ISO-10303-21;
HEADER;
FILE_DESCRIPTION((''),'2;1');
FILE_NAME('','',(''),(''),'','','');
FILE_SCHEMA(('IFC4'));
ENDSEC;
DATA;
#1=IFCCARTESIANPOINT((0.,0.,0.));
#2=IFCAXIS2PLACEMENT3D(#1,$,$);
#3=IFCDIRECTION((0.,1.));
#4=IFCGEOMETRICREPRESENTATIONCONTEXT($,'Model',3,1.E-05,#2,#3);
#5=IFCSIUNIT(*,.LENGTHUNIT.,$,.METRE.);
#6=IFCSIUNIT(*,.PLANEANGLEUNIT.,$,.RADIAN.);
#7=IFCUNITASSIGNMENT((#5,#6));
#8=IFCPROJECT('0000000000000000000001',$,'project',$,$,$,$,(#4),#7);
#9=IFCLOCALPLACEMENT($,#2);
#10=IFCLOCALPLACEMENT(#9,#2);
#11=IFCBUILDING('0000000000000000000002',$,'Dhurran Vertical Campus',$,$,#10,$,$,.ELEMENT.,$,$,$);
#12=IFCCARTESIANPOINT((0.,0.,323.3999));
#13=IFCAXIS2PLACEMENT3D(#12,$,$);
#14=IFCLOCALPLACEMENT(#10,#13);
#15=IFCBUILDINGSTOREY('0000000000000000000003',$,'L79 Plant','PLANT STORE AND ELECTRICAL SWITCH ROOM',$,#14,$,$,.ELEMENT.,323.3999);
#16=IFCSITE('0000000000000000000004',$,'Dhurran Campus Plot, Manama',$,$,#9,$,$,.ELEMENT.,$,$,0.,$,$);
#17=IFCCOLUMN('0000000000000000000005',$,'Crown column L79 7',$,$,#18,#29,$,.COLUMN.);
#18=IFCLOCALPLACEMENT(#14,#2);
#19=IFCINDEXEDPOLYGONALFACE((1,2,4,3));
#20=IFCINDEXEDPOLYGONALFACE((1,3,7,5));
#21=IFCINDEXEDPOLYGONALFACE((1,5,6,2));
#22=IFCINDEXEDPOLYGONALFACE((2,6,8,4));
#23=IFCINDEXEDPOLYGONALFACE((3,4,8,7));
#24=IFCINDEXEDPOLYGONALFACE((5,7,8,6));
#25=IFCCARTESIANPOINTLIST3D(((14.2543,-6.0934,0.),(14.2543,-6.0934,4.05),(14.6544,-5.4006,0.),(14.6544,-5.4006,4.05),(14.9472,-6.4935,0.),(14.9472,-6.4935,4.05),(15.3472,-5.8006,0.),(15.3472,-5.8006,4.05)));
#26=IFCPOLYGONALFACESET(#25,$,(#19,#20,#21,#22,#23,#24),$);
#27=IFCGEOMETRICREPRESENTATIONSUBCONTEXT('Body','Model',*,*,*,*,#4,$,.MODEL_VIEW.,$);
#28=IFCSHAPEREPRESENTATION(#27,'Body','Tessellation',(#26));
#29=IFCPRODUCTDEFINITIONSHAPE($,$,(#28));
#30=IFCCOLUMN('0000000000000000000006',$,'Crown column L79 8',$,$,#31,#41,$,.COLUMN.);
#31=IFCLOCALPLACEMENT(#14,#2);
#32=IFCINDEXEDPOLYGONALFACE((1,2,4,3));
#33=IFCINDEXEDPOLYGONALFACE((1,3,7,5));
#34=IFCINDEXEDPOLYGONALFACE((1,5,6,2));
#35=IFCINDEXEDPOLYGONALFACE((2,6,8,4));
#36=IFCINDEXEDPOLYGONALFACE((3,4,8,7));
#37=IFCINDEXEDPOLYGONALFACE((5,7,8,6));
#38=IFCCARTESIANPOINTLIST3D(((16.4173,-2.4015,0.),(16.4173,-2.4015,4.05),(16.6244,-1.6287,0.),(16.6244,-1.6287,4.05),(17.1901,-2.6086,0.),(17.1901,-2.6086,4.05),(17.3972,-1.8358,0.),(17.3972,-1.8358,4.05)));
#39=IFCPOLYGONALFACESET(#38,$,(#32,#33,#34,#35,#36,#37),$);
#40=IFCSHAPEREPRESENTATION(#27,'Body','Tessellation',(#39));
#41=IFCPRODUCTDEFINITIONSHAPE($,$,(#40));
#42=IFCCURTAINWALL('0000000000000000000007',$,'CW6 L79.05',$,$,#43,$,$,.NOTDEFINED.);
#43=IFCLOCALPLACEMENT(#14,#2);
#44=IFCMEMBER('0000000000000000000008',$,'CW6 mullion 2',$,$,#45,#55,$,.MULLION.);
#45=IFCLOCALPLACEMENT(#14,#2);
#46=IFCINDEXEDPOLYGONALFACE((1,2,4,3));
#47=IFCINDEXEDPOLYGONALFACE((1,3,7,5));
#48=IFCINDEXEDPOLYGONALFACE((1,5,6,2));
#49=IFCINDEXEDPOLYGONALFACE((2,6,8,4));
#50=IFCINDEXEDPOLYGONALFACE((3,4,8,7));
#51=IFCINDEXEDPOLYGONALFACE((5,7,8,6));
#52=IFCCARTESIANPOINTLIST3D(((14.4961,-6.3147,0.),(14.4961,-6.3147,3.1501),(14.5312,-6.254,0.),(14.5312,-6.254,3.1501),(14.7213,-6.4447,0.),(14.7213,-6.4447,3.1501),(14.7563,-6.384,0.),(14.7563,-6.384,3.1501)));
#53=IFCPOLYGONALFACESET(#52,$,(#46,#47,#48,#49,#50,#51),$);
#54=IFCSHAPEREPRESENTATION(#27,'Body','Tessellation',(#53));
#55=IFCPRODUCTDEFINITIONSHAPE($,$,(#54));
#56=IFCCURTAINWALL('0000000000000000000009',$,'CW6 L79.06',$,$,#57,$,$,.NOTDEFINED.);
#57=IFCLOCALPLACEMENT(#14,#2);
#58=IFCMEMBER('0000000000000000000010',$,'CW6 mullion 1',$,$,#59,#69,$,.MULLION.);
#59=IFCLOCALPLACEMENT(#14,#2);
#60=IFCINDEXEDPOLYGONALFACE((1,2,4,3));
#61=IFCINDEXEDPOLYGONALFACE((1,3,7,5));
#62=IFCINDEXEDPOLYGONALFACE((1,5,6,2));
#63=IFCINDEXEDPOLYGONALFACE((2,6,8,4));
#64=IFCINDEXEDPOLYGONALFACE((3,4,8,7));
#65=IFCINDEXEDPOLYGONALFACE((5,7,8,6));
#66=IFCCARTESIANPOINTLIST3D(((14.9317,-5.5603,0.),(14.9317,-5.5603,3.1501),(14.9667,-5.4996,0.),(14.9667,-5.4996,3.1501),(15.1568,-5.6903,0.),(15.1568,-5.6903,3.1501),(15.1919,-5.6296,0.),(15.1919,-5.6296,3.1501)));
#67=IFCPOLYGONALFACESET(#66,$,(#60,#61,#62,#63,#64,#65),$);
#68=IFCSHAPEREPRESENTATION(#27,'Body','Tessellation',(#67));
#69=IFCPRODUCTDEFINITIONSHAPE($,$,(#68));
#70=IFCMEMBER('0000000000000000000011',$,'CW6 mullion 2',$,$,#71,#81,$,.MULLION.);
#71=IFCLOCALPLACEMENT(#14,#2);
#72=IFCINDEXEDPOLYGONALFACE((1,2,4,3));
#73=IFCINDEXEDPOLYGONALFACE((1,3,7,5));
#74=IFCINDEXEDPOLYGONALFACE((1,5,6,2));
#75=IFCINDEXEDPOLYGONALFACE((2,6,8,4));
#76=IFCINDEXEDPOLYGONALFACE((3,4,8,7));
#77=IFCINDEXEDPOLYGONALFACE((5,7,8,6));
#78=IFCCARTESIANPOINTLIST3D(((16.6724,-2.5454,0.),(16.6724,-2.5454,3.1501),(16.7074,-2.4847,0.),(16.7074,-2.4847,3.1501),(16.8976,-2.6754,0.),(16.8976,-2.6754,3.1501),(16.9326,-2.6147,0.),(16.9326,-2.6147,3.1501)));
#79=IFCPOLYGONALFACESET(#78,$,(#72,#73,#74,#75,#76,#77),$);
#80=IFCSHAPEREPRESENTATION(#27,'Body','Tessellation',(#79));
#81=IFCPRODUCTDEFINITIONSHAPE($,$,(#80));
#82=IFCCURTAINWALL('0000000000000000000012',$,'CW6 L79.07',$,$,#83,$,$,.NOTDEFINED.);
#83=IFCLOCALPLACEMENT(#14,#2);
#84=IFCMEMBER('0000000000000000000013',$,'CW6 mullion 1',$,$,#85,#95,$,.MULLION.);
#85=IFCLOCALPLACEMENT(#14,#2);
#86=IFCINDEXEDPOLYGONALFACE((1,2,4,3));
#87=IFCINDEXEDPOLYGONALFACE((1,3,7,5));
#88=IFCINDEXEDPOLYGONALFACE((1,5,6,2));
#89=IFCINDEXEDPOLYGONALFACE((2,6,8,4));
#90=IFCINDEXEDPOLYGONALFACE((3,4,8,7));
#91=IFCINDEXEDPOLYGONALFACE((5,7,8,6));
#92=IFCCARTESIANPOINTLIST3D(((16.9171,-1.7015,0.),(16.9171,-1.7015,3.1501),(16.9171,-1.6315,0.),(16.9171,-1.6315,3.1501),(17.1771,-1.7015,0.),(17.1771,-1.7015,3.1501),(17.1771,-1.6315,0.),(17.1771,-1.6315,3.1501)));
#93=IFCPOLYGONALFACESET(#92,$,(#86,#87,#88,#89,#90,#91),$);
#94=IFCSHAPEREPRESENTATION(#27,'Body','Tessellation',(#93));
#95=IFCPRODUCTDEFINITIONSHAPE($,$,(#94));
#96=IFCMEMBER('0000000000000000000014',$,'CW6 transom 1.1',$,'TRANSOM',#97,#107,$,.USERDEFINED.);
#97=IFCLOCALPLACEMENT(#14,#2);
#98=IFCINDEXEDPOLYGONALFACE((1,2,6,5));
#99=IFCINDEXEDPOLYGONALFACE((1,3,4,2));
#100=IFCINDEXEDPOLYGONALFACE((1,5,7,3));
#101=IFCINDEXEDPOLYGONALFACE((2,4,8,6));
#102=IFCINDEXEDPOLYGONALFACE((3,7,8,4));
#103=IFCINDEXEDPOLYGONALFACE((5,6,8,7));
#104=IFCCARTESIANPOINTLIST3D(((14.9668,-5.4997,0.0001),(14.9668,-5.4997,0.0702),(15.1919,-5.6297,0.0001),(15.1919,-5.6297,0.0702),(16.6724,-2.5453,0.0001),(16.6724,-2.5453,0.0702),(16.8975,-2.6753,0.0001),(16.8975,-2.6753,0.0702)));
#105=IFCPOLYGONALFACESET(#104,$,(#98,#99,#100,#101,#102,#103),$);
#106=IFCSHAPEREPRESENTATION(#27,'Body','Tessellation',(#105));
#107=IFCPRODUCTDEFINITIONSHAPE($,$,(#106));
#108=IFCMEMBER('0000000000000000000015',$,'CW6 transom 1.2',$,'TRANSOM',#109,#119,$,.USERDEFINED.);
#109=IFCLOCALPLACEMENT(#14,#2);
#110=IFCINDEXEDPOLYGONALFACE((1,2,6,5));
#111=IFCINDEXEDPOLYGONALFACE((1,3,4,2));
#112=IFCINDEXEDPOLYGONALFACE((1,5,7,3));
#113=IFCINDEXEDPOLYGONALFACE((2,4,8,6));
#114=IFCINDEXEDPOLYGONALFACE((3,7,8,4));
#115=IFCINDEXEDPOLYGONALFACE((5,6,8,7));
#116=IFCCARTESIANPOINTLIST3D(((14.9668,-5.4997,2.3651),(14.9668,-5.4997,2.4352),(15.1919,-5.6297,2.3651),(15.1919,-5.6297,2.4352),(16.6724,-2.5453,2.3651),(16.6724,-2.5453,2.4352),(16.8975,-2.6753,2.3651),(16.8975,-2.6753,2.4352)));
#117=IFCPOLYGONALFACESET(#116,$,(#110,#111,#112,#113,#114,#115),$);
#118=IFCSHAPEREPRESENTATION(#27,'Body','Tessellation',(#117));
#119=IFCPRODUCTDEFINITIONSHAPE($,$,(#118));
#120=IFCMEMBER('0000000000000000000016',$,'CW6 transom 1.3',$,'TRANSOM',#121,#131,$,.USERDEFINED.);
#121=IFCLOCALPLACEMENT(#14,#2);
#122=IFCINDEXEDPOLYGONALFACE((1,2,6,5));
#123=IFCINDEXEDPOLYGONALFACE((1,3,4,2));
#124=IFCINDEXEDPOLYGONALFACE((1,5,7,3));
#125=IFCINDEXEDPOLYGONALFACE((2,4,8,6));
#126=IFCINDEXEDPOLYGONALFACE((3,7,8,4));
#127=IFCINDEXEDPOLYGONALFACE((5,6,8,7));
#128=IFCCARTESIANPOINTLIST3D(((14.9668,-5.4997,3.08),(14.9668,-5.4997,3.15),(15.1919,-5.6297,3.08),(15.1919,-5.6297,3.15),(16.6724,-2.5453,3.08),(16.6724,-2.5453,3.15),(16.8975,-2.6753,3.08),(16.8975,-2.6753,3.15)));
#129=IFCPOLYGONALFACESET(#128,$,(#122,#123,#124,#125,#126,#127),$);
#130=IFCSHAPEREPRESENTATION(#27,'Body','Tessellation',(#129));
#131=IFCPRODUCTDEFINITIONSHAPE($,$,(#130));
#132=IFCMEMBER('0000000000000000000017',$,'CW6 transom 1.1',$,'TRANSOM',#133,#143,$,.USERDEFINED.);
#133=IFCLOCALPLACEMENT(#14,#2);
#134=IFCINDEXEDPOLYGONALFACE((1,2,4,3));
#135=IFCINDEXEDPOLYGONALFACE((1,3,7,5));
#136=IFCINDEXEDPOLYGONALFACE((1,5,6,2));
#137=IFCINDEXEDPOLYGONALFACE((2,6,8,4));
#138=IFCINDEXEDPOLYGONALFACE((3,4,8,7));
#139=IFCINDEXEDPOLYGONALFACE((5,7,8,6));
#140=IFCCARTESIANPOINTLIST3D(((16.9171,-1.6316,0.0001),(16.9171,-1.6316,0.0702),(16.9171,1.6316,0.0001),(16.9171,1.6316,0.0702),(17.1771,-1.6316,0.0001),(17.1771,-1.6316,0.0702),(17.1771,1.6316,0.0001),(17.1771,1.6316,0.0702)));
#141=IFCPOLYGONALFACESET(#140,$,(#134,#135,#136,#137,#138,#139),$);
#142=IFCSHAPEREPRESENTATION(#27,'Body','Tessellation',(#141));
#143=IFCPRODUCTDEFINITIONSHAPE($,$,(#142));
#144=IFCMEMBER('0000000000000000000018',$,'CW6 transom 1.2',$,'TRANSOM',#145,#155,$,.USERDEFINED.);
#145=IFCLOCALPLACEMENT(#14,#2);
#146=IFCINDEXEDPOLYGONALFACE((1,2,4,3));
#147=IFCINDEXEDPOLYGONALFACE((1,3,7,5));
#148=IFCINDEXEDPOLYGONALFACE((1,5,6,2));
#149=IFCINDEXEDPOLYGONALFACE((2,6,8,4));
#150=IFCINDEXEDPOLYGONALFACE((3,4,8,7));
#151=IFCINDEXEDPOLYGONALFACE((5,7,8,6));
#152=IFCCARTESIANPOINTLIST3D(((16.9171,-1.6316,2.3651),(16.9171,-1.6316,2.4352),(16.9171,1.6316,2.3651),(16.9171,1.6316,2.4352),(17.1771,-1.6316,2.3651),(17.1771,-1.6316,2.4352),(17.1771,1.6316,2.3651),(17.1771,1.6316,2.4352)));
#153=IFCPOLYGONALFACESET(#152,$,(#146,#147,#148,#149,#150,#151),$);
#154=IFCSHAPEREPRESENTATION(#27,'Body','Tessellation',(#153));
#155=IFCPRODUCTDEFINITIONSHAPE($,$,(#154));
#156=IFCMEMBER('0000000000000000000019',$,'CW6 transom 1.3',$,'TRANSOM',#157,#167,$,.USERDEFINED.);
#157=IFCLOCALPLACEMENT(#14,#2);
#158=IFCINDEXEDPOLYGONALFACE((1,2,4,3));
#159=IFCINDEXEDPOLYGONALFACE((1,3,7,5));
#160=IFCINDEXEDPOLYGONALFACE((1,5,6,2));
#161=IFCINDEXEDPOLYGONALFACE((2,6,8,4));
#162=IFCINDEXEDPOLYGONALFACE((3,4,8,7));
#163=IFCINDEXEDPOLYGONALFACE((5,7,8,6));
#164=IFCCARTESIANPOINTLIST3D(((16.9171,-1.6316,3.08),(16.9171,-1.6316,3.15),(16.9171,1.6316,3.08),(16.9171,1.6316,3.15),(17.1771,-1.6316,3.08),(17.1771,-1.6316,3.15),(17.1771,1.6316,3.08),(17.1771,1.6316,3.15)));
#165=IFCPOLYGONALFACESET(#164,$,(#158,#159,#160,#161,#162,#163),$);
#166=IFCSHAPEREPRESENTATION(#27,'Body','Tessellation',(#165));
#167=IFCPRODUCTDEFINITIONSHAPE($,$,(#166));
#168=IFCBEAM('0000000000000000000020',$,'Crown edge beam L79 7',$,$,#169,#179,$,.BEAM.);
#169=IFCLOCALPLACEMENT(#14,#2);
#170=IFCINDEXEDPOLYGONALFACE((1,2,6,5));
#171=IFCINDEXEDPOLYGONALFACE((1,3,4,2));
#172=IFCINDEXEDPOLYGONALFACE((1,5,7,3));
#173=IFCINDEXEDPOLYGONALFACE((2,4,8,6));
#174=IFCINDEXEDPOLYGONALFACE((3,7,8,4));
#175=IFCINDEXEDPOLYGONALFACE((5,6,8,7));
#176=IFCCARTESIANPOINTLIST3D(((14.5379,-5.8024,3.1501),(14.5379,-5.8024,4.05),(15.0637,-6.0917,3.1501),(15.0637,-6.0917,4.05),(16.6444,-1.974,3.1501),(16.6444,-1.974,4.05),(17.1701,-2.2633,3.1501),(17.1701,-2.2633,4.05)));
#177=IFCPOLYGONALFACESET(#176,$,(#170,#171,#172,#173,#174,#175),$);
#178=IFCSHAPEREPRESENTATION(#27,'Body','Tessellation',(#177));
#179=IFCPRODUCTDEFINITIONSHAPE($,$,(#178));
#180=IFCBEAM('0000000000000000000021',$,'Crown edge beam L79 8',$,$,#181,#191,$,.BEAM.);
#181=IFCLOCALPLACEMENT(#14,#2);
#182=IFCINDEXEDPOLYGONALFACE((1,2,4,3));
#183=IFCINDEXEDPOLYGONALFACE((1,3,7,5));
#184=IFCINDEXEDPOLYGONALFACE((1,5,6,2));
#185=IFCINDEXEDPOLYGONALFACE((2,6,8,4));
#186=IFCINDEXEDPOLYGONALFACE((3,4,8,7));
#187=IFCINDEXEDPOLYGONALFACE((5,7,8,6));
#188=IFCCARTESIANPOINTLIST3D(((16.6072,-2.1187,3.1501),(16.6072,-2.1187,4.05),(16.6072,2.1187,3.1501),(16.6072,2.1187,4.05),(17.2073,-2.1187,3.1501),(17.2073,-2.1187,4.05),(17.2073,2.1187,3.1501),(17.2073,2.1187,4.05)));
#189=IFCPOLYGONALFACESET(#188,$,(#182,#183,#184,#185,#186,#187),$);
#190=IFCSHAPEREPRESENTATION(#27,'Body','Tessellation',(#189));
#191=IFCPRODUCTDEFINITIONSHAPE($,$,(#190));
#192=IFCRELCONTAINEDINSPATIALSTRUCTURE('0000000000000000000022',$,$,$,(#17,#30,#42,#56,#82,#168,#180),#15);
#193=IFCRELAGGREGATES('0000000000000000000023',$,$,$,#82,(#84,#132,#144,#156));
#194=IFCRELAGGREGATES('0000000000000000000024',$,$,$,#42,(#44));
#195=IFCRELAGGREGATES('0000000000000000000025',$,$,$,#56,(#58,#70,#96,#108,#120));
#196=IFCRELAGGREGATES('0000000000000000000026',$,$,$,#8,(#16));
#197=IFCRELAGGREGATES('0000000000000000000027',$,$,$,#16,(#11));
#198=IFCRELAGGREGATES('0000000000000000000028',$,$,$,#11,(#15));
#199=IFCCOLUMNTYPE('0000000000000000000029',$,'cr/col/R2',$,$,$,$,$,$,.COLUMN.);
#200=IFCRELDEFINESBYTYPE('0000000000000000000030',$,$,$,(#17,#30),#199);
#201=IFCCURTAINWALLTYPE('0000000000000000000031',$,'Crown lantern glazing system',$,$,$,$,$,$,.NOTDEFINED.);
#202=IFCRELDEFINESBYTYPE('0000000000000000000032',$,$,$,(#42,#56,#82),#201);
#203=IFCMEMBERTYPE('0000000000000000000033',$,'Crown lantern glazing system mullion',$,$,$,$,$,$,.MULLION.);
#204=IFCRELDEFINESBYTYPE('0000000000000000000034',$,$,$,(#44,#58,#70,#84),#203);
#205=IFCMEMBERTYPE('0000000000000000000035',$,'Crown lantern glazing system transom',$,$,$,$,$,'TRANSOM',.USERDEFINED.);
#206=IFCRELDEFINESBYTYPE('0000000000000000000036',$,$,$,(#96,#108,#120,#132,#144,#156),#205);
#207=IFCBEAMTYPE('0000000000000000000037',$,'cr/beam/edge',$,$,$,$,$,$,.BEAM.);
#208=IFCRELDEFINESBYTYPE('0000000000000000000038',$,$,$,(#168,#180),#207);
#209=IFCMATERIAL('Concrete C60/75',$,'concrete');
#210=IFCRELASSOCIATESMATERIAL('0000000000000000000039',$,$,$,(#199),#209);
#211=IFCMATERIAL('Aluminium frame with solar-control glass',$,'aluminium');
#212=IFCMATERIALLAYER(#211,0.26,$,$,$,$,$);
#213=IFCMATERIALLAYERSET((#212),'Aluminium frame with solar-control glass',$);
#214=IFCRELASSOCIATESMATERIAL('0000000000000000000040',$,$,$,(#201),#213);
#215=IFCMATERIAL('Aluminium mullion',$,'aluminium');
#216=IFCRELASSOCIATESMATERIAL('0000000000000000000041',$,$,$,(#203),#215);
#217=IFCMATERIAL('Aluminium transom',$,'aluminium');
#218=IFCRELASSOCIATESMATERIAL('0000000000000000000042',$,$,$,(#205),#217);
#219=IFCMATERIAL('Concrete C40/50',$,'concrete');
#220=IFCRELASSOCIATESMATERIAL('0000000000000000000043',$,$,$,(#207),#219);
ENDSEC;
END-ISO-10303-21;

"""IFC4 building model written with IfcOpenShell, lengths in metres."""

from ifc_helpers import new_model, si_unit, direction, frame, origin, origin_2d, place, context, subcontext, project, spatial, rectangle, extrude, material, layer, layer_set, material_profile, profile_set, type_object, element, aggregate, save


model = new_model("IFC4")

# Units and contexts
model_context = context("Model", 3, precision=1e-05, world=origin(), true_north=direction((0.0, 1.0)))
body_context = subcontext(model_context, "Body", "Model", "MODEL_VIEW")
ifc_project = project(units=[si_unit("LENGTHUNIT", "METRE"), si_unit("PLANEANGLEUNIT", "RADIAN")], contexts=[model_context])

# Site, building, storey
site_placement = place(None, origin())
site = spatial("IfcSite", under=ifc_project, at=site_placement, Name="Dhurran Campus Plot, Manama", CompositionType="ELEMENT", RefElevation=0.0)
building_placement = place(site_placement, origin())
building = spatial("IfcBuilding", under=site, at=building_placement, Name="Dhurran Vertical Campus", CompositionType="ELEMENT")
storey_placement = place(building_placement, frame((0.0, 0.0, 323.3999)))
storey = spatial("IfcBuildingStorey", under=building, at=storey_placement, Name="L79 Plant", Description="PLANT STORE AND ELECTRICAL SWITCH ROOM", CompositionType="ELEMENT", Elevation=323.3999)

# Columns
ifc_material_1 = material(Name="Concrete C60/75", Category="concrete")
ifc_material_profile_1 = material_profile(ifc_material_1, rectangle(XDim=0.8, YDim=0.8, at=origin_2d()), Name="cr/col/R2")
ifc_profile_set_1 = profile_set([ifc_material_profile_1], Name="Concrete C60/75")
column_type = type_object("IfcColumnType", Name="cr/col/R2", PredefinedType="COLUMN", material=ifc_profile_set_1)
for number, where, z_axis, x_axis, name in (
    (1, (14.8008, -5.947, 0.0), (0.0, 0.0, 1.0), (0.5, 0.866025, 0.0), "Crown column L79 7"),
    (2, (16.9072, -2.1187, 0.0), (0.0, 0.0, 1.0), (0.258819, 0.965926, 0.0), "Crown column L79 8"),
):
    element("IfcColumn", number, at=place(storey_placement, frame(where, z_axis=z_axis, x_axis=x_axis)), inside=storey, type_object=column_type, Name=name, PredefinedType="COLUMN", context=body_context, shape_type="SweptSolid", body=[
        extrude(rectangle(XDim=0.8, YDim=0.8, at=origin_2d()), origin(), (0.0, 0.0, 1.0), 4.05),
    ])

# Curtain wall, member
ifc_material_2 = material(Name="Aluminium frame with solar-control glass", Category="aluminium")
ifc_layer_1 = layer(ifc_material_2, 0.26)
ifc_layer_set_1 = layer_set([ifc_layer_1], Name="Aluminium frame with solar-control glass")
curtain_wall_type = type_object("IfcCurtainWallType", Name="Crown lantern glazing system", PredefinedType="NOTDEFINED", material=ifc_layer_set_1)
curtain_wall_1_placement = place(storey_placement, origin())
curtain_wall_1 = element("IfcCurtainWall", 3, at=curtain_wall_1_placement, inside=storey, type_object=curtain_wall_type, Name="CW6 L79.05", PredefinedType="NOTDEFINED")
ifc_material_3 = material(Name="Aluminium mullion", Category="aluminium")
ifc_material_profile_2 = material_profile(ifc_material_3, rectangle(XDim=0.26, YDim=0.0701, at=origin_2d()), Name="Crown lantern glazing system mullion")
ifc_profile_set_2 = profile_set([ifc_material_profile_2], Name="Aluminium mullion")
member_type_1 = type_object("IfcMemberType", Name="Crown lantern glazing system mullion", PredefinedType="MULLION", material=ifc_profile_set_2)
member_1_placement = place(storey_placement, frame((14.6262, -6.3494, 0.0), z_axis=(0.0, 0.0, 1.0), x_axis=(-0.866016, 0.500016, 0.0)))
member_1 = element("IfcMember", 4, at=member_1_placement, type_object=member_type_1, Name="CW6 mullion 2", PredefinedType="MULLION", context=body_context, shape_type="SweptSolid", body=[
    extrude(rectangle(XDim=0.26, YDim=0.0701, at=origin_2d()), origin(), (0.0, 0.0, 1.0), 3.1501),
])

# Curtain wall, members
curtain_wall_2_placement = place(storey_placement, origin())
curtain_wall_2 = element("IfcCurtainWall", 5, at=curtain_wall_2_placement, inside=storey, type_object=curtain_wall_type, Name="CW6 L79.06", PredefinedType="NOTDEFINED")
member_2_placement = place(storey_placement, frame((15.0618, -5.595, 0.0), z_axis=(0.0, 0.0, 1.0), x_axis=(-0.86603, 0.499991, 0.0)))
member_2 = element("IfcMember", 6, at=member_2_placement, type_object=member_type_1, Name="CW6 mullion 1", PredefinedType="MULLION", context=body_context, shape_type="SweptSolid", body=[
    extrude(rectangle(XDim=0.26, YDim=0.0701, at=origin_2d()), origin(), (0.0, 0.0, 1.0), 3.1501),
])
member_3_placement = place(storey_placement, frame((16.8025, -2.5801, 0.0), z_axis=(0.0, 0.0, 1.0), x_axis=(-0.86603, 0.499991, 0.0)))
member_3 = element("IfcMember", 7, at=member_3_placement, type_object=member_type_1, Name="CW6 mullion 2", PredefinedType="MULLION", context=body_context, shape_type="SweptSolid", body=[
    extrude(rectangle(XDim=0.26, YDim=0.0701, at=origin_2d()), origin(), (0.0, 0.0, 1.0), 3.1501),
])

# Curtain wall, member
curtain_wall_3_placement = place(storey_placement, origin())
curtain_wall_3 = element("IfcCurtainWall", 8, at=curtain_wall_3_placement, inside=storey, type_object=curtain_wall_type, Name="CW6 L79.07", PredefinedType="NOTDEFINED")
member_4_placement = place(storey_placement, frame((17.0471, -1.6665, 0.0), z_axis=(0.0, 0.0, 1.0), x_axis=(-1.0, 0.0, 0.0)))
member_4 = element("IfcMember", 9, at=member_4_placement, type_object=member_type_1, Name="CW6 mullion 1", PredefinedType="MULLION", context=body_context, shape_type="SweptSolid", body=[
    extrude(rectangle(XDim=0.26, YDim=0.0701, at=origin_2d()), origin(), (0.0, 0.0, 1.0), 3.1501),
])

# Members
ifc_material_4 = material(Name="Aluminium transom", Category="aluminium")
ifc_material_profile_3 = material_profile(ifc_material_4, rectangle(XDim=0.26, YDim=0.0701, at=origin_2d()), Name="Crown lantern glazing system transom")
ifc_profile_set_3 = profile_set([ifc_material_profile_3], Name="Aluminium transom")
member_type_2 = type_object("IfcMemberType", Name="Crown lantern glazing system transom", ElementType="TRANSOM", PredefinedType="USERDEFINED", material=ifc_profile_set_3)
member_5_placement = place(storey_placement, frame((15.0793, -5.5647, 0.0352), z_axis=(0.499972, 0.866041, 0.0), x_axis=(-0.866041, 0.499972, 0.0)))
member_5 = element("IfcMember", 10, at=member_5_placement, type_object=member_type_2, Name="CW6 transom 1.1", ObjectType="TRANSOM", PredefinedType="USERDEFINED", context=body_context, shape_type="SweptSolid", body=[
    extrude(rectangle(XDim=0.26, YDim=0.0701, at=origin_2d()), origin(), (0.0, 0.0, 1.0), 3.4114),
])
member_6_placement = place(storey_placement, frame((15.0793, -5.5647, 2.4001), z_axis=(0.499972, 0.866041, 0.0), x_axis=(-0.866041, 0.499972, 0.0)))
member_6 = element("IfcMember", 11, at=member_6_placement, type_object=member_type_2, Name="CW6 transom 1.2", ObjectType="TRANSOM", PredefinedType="USERDEFINED", context=body_context, shape_type="SweptSolid", body=[
    extrude(rectangle(XDim=0.26, YDim=0.0701, at=origin_2d()), origin(), (0.0, 0.0, 1.0), 3.4114),
])
member_7_placement = place(storey_placement, frame((15.0793, -5.5647, 3.115), z_axis=(0.499972, 0.866041, 0.0), x_axis=(-0.866041, 0.499972, 0.0)))
member_7 = element("IfcMember", 12, at=member_7_placement, type_object=member_type_2, Name="CW6 transom 1.3", ObjectType="TRANSOM", PredefinedType="USERDEFINED", context=body_context, shape_type="SweptSolid", body=[
    extrude(rectangle(XDim=0.26, YDim=0.0701, at=origin_2d()), origin(), (0.0, 0.0, 1.0), 3.4114),
])
member_8_placement = place(storey_placement, frame((17.0471, -1.6316, 0.0352), z_axis=(0.0, 1.0, 0.0), x_axis=(-1.0, 0.0, 0.0)))
member_8 = element("IfcMember", 13, at=member_8_placement, type_object=member_type_2, Name="CW6 transom 1.1", ObjectType="TRANSOM", PredefinedType="USERDEFINED", context=body_context, shape_type="SweptSolid", body=[
    extrude(rectangle(XDim=0.26, YDim=0.0701, at=origin_2d()), origin(), (0.0, 0.0, 1.0), 3.2632),
])
member_9_placement = place(storey_placement, frame((17.0471, -1.6316, 2.4001), z_axis=(0.0, 1.0, 0.0), x_axis=(-1.0, 0.0, 0.0)))
member_9 = element("IfcMember", 14, at=member_9_placement, type_object=member_type_2, Name="CW6 transom 1.2", ObjectType="TRANSOM", PredefinedType="USERDEFINED", context=body_context, shape_type="SweptSolid", body=[
    extrude(rectangle(XDim=0.26, YDim=0.0701, at=origin_2d()), origin(), (0.0, 0.0, 1.0), 3.2632),
])
member_10_placement = place(storey_placement, frame((17.0471, -1.6316, 3.115), z_axis=(0.0, 1.0, 0.0), x_axis=(-1.0, 0.0, 0.0)))
member_10 = element("IfcMember", 15, at=member_10_placement, type_object=member_type_2, Name="CW6 transom 1.3", ObjectType="TRANSOM", PredefinedType="USERDEFINED", context=body_context, shape_type="SweptSolid", body=[
    extrude(rectangle(XDim=0.26, YDim=0.0701, at=origin_2d()), origin(), (0.0, 0.0, 1.0), 3.2632),
])
aggregate(curtain_wall_3, [member_4, member_8, member_9, member_10])

# Beams
ifc_material_5 = material(Name="Concrete C40/50", Category="concrete")
ifc_material_profile_4 = material_profile(ifc_material_5, rectangle(XDim=0.6001, YDim=0.8999, at=origin_2d()), Name="cr/beam/edge")
ifc_profile_set_4 = profile_set([ifc_material_profile_4], Name="Concrete C40/50")
beam_type = type_object("IfcBeamType", Name="cr/beam/edge", PredefinedType="BEAM", material=ifc_profile_set_4)
beam_1_placement = place(storey_placement, frame((14.8008, -5.947, 3.6001), z_axis=(0.482067, 0.876135, 0.0), x_axis=(-0.876135, 0.482067, 0.0)))
element("IfcBeam", 16, at=beam_1_placement, inside=storey, type_object=beam_type, Name="Crown edge beam L79 7", PredefinedType="BEAM", context=body_context, shape_type="SweptSolid", body=[
    extrude(rectangle(XDim=0.6001, YDim=0.8999, at=origin_2d()), origin(), (0.0, 0.0, 1.0), 4.3696),
])
beam_2_placement = place(storey_placement, frame((16.9072, -2.1187, 3.6001), z_axis=(0.0, 1.0, 0.0), x_axis=(-1.0, 0.0, 0.0)))
element("IfcBeam", 17, at=beam_2_placement, inside=storey, type_object=beam_type, Name="Crown edge beam L79 8", PredefinedType="BEAM", context=body_context, shape_type="SweptSolid", body=[
    extrude(rectangle(XDim=0.6001, YDim=0.8999, at=origin_2d()), origin(), (0.0, 0.0, 1.0), 4.2373),
])

aggregate(curtain_wall_1, [member_1])
aggregate(curtain_wall_2, [member_2, member_3, member_5, member_6, member_7])

save(model, "model.ifc")
